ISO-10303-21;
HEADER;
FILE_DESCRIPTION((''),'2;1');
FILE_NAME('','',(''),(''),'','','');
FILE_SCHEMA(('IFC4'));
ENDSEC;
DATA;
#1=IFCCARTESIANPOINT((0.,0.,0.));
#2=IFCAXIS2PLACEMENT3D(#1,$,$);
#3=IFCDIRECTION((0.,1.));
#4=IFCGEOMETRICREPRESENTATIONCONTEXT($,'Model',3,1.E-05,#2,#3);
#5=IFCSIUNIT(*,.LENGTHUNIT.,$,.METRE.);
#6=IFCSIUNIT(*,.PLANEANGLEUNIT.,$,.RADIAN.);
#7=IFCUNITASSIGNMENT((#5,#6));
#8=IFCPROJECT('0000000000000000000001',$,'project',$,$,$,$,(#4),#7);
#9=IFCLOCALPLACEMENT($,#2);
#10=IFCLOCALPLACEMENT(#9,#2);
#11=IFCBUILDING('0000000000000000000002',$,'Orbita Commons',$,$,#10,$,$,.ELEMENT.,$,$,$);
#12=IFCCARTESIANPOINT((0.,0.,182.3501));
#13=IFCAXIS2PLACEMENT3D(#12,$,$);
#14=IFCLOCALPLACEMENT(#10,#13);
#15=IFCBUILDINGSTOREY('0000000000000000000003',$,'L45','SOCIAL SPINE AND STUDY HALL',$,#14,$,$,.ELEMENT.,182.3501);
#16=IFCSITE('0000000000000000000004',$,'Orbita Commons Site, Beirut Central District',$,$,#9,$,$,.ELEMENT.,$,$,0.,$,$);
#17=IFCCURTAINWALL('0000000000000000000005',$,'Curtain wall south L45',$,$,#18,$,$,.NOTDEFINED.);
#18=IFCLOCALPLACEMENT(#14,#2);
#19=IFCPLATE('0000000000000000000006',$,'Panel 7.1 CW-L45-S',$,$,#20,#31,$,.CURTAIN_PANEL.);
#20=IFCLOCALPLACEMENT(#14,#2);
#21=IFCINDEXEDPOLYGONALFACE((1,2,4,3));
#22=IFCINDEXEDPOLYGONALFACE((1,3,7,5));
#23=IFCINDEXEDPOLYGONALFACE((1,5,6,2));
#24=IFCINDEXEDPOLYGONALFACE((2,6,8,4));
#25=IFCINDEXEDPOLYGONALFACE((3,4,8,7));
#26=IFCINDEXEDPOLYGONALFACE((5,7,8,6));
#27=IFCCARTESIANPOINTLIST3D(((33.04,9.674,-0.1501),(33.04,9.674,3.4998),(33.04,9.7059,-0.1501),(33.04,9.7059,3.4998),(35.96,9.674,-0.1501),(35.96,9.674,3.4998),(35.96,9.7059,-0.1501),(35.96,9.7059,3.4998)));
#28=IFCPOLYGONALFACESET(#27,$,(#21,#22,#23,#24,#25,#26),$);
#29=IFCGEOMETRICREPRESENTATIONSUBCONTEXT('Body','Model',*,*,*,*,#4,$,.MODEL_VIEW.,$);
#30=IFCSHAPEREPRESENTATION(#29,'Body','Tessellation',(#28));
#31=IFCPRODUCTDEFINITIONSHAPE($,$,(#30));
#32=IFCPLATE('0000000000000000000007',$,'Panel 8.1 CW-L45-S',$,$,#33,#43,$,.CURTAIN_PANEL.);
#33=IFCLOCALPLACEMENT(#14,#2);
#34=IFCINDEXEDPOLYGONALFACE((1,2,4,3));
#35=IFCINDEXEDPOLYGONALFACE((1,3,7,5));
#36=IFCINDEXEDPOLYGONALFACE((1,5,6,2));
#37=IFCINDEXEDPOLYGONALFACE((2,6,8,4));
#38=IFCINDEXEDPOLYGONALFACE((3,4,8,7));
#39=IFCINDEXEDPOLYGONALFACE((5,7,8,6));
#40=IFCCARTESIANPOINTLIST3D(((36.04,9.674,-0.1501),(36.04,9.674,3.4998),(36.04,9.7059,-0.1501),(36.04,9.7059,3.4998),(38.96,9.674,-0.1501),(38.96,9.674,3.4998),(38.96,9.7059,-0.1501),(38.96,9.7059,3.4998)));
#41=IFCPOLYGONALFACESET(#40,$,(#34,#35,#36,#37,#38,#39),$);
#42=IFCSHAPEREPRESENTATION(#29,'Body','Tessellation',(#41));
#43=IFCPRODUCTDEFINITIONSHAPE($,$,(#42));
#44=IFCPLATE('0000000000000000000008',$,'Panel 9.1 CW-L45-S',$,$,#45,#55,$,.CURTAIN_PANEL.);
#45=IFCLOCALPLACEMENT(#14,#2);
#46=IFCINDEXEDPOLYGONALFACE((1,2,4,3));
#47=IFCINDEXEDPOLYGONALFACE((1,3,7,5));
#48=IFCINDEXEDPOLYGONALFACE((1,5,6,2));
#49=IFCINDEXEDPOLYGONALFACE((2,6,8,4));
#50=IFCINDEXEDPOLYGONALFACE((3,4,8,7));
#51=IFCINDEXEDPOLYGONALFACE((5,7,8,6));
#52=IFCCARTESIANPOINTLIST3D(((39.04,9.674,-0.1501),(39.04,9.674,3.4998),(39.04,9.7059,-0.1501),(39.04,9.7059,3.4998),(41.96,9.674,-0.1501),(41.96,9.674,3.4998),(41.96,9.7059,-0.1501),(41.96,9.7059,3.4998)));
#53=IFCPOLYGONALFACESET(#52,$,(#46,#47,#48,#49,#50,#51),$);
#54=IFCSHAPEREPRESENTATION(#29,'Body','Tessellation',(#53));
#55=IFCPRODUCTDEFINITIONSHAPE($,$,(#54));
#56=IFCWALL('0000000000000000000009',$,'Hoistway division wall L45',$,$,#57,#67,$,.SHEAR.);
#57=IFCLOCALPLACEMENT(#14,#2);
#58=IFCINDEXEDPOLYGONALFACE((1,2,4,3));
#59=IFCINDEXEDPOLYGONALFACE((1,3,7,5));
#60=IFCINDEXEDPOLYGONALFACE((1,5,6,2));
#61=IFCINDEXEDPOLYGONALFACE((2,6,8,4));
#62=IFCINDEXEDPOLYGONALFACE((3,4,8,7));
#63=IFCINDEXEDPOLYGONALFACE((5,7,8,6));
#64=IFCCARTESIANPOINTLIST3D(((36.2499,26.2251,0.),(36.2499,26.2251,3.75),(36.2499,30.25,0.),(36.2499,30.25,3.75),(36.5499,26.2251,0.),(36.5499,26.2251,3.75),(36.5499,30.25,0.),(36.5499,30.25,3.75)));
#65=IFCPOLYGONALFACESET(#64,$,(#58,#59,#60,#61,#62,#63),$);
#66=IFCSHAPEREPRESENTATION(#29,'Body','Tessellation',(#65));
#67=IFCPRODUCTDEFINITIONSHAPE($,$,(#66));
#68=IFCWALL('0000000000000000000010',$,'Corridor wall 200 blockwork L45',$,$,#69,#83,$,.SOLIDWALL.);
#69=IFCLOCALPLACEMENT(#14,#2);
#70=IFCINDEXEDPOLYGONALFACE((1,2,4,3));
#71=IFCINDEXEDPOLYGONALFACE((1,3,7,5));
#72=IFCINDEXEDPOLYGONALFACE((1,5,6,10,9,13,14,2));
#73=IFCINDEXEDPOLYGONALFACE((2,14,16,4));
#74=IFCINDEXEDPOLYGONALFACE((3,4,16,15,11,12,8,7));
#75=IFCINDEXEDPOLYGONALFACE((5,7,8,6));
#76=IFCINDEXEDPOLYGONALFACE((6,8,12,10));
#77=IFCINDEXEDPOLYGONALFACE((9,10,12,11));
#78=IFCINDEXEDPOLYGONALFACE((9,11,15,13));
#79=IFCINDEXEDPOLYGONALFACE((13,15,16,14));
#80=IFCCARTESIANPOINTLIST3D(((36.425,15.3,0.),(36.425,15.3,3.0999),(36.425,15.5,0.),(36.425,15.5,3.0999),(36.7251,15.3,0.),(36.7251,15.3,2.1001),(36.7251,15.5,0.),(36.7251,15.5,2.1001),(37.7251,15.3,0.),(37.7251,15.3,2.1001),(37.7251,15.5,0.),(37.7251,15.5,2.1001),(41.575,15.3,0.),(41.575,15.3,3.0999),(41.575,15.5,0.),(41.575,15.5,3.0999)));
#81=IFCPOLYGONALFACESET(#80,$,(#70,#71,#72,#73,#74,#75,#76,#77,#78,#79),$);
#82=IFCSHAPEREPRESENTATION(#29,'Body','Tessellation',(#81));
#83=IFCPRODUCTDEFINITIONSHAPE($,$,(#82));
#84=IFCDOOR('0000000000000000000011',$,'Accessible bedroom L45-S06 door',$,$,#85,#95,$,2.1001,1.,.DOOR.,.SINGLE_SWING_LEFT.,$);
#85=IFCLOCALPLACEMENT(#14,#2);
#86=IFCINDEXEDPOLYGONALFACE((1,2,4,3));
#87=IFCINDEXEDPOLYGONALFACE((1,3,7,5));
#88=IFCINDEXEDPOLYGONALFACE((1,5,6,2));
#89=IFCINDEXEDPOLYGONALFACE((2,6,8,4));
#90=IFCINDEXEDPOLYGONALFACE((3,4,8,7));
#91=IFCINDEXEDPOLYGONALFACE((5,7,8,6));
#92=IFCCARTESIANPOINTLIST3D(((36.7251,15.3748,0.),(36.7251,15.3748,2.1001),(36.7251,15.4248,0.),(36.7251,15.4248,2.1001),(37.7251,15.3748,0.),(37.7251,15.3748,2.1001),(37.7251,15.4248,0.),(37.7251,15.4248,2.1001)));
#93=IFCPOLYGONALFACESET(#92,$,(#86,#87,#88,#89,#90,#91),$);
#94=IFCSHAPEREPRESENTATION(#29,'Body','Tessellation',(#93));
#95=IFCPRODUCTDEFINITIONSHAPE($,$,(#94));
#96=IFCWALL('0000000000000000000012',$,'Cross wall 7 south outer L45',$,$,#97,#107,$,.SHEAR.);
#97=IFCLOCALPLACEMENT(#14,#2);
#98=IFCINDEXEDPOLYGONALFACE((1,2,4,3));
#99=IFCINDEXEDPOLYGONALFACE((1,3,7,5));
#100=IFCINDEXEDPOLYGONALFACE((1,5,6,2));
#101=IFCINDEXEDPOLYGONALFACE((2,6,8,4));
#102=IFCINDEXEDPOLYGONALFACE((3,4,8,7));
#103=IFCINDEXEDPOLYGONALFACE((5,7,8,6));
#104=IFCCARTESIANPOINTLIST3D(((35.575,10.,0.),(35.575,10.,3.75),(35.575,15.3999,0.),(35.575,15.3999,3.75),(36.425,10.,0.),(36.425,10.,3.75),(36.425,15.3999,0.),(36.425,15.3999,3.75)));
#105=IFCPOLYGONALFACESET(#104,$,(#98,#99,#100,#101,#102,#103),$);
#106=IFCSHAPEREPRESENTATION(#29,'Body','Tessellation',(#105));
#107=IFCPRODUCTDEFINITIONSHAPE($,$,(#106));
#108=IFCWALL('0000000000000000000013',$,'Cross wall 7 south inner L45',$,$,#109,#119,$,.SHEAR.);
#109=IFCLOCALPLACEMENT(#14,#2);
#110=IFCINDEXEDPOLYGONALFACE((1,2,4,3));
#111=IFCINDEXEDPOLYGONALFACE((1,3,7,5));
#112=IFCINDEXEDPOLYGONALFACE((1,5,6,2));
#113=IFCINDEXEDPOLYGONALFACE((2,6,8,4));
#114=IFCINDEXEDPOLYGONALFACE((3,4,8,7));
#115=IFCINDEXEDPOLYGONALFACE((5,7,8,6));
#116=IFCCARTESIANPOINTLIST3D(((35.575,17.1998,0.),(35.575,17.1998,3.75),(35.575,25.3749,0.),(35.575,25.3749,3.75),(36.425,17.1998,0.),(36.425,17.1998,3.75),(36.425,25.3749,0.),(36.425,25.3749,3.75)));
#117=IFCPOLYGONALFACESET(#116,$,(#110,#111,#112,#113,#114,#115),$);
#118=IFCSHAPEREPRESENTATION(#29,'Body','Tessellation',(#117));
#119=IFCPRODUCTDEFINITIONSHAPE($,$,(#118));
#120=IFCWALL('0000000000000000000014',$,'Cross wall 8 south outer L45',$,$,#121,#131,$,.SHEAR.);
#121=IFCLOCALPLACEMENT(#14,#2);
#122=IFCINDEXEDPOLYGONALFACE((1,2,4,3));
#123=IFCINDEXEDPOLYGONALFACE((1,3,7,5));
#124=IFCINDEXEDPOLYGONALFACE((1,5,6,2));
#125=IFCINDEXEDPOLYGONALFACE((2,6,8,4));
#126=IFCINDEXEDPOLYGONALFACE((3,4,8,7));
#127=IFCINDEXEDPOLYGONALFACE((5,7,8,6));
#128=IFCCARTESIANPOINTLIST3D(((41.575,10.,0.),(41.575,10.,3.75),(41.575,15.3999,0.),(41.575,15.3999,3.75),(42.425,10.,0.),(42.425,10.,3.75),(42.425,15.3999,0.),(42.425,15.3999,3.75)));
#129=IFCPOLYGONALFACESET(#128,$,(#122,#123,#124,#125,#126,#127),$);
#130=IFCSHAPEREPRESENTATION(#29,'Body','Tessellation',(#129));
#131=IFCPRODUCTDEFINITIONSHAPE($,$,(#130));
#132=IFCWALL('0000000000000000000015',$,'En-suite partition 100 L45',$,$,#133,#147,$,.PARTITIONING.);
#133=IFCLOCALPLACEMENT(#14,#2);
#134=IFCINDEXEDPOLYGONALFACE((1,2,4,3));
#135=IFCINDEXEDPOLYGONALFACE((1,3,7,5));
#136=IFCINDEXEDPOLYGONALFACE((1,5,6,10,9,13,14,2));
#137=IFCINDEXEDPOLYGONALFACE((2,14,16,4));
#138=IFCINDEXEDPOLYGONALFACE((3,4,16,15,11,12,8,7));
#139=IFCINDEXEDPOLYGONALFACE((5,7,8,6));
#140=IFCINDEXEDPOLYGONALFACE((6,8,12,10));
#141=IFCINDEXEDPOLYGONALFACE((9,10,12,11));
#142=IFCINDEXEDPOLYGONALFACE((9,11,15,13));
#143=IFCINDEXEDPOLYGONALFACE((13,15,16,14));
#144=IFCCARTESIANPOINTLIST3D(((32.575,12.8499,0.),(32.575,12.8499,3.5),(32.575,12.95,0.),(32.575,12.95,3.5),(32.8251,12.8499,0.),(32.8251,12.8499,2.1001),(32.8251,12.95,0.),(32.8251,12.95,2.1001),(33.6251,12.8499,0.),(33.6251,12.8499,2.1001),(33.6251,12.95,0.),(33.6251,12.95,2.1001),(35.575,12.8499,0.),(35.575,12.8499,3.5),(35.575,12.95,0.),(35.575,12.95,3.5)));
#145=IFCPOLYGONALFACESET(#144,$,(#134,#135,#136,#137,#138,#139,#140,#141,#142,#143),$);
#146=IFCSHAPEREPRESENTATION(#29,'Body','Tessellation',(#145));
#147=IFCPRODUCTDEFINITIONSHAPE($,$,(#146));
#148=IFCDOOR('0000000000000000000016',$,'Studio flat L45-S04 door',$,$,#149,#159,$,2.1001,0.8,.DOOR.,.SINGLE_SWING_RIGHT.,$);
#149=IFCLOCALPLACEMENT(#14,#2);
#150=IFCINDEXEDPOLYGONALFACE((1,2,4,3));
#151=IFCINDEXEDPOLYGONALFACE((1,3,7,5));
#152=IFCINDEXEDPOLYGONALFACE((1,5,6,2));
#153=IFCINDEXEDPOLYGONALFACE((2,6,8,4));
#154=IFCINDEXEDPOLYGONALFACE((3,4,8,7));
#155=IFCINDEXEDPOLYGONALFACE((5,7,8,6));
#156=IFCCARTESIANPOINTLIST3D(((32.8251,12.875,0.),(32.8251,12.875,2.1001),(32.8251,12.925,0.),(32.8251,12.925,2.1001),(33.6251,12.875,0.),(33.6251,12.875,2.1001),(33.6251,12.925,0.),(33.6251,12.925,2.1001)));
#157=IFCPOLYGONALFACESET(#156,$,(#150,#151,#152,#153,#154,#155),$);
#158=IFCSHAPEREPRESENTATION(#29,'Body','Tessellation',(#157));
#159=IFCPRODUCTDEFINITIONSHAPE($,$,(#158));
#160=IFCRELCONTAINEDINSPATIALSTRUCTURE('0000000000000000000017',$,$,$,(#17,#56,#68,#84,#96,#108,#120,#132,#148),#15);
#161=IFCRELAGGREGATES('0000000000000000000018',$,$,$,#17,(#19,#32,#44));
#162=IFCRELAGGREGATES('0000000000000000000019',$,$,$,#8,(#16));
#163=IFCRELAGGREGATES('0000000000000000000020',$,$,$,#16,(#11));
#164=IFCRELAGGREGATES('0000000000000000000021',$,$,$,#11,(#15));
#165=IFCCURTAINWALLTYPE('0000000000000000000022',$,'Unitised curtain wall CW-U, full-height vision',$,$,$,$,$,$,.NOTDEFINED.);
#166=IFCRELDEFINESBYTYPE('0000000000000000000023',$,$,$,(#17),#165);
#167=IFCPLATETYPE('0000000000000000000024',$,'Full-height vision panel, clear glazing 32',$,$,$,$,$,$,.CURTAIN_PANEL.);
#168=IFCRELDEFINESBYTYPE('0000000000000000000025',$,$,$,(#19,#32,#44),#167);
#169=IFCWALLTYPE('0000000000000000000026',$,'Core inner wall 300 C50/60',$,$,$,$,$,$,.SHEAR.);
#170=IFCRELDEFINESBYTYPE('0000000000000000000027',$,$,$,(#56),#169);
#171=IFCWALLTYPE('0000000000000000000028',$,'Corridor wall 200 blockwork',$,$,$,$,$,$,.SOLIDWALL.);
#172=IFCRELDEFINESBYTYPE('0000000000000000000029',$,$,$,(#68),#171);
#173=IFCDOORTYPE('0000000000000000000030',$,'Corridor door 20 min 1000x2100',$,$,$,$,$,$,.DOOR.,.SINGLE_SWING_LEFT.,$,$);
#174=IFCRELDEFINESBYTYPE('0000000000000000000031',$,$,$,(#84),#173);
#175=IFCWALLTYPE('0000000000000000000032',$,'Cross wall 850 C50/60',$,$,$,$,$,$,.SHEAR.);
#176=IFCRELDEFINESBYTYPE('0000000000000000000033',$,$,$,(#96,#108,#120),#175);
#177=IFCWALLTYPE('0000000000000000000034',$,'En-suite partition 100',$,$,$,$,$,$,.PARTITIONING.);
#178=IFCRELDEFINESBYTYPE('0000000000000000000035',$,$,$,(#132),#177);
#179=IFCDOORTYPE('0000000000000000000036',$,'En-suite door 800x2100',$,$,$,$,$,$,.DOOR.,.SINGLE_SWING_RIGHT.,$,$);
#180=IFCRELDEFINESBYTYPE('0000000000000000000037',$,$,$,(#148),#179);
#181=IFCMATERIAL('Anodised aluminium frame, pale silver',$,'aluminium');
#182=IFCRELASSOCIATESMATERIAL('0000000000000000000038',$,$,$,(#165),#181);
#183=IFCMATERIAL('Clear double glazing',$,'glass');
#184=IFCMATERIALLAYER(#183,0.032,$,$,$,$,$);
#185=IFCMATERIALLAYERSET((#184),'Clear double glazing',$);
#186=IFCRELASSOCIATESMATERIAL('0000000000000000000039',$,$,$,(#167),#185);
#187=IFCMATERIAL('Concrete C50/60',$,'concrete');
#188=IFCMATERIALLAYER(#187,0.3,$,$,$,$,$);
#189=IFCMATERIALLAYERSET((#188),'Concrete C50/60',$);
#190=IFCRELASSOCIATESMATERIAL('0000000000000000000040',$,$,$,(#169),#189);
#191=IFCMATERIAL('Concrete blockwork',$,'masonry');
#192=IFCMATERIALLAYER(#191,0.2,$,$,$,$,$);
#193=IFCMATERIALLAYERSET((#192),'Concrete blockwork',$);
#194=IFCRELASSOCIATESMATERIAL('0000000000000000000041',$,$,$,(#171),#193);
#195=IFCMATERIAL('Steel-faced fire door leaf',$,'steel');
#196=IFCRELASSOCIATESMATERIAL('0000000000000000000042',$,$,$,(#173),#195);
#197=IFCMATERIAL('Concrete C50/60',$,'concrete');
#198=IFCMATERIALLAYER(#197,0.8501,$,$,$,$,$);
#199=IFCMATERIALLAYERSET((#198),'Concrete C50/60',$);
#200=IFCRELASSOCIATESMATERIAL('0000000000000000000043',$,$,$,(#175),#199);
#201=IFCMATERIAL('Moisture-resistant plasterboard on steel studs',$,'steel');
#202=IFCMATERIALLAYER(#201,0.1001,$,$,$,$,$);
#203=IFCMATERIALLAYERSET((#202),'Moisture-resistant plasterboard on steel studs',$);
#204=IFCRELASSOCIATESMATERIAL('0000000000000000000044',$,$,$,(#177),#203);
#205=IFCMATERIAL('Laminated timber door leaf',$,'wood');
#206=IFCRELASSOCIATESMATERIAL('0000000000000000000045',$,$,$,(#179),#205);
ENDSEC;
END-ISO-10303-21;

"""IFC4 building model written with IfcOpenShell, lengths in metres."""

from ifc_helpers import new_model, si_unit, direction, frame, frame_2d, origin, origin_2d, place, context, subcontext, project, spatial, polyline, rectangle, outline, extrude, material, layer, layer_set, type_object, element, fill, aggregate, save


model = new_model("IFC4")

# Units and contexts
model_context = context("Model", 3, precision=1e-05, world=origin(), true_north=direction((0.0, 1.0)))
body_context = subcontext(model_context, "Body", "Model", "MODEL_VIEW")
ifc_project = project(units=[si_unit("LENGTHUNIT", "METRE"), si_unit("PLANEANGLEUNIT", "RADIAN")], contexts=[model_context])

# Site, building, storey
site_placement = place(None, origin())
site = spatial("IfcSite", under=ifc_project, at=site_placement, Name="Orbita Commons Site, Beirut Central District", CompositionType="ELEMENT", RefElevation=0.0)
building_placement = place(site_placement, origin())
building = spatial("IfcBuilding", under=site, at=building_placement, Name="Orbita Commons", CompositionType="ELEMENT")
storey_placement = place(building_placement, frame((0.0, 0.0, 182.3501)))
storey = spatial("IfcBuildingStorey", under=building, at=storey_placement, Name="L45", Description="SOCIAL SPINE AND STUDY HALL", CompositionType="ELEMENT", Elevation=182.3501)

# Curtain wall
ifc_material_1 = material(Name="Anodised aluminium frame, pale silver", Category="aluminium")
curtain_wall_type = type_object("IfcCurtainWallType", Name="Unitised curtain wall CW-U, full-height vision", PredefinedType="NOTDEFINED", material=ifc_material_1)
curtain_wall_placement = place(storey_placement, origin())
curtain_wall = element("IfcCurtainWall", 1, at=curtain_wall_placement, inside=storey, type_object=curtain_wall_type, Name="Curtain wall south L45", PredefinedType="NOTDEFINED")

# Plates
ifc_material_2 = material(Name="Clear double glazing", Category="glass")
ifc_layer_1 = layer(ifc_material_2, 0.032)
ifc_layer_set_1 = layer_set([ifc_layer_1], Name="Clear double glazing")
plate_type = type_object("IfcPlateType", Name="Full-height vision panel, clear glazing 32", PredefinedType="CURTAIN_PANEL", material=ifc_layer_set_1)
plate_1_placement = place(storey_placement, frame((34.5, 9.6899, -0.1501), z_axis=(0.0, 0.0, 1.0), x_axis=(1.0, 0.0, 0.0)))
plate_1 = element("IfcPlate", 2, at=plate_1_placement, type_object=plate_type, Name="Panel 7.1 CW-L45-S", PredefinedType="CURTAIN_PANEL", context=body_context, shape_type="SweptSolid", body=[
    extrude(rectangle(XDim=2.9199, YDim=0.032, at=origin_2d()), origin(), (0.0, 0.0, 1.0), 3.6499),
])
plate_2_placement = place(storey_placement, frame((37.5, 9.6899, -0.1501), z_axis=(0.0, 0.0, 1.0), x_axis=(1.0, 0.0, 0.0)))
plate_2 = element("IfcPlate", 3, at=plate_2_placement, type_object=plate_type, Name="Panel 8.1 CW-L45-S", PredefinedType="CURTAIN_PANEL", context=body_context, shape_type="SweptSolid", body=[
    extrude(rectangle(XDim=2.9199, YDim=0.032, at=origin_2d()), origin(), (0.0, 0.0, 1.0), 3.6499),
])
plate_3_placement = place(storey_placement, frame((40.5, 9.6899, -0.1501), z_axis=(0.0, 0.0, 1.0), x_axis=(1.0, 0.0, 0.0)))
plate_3 = element("IfcPlate", 4, at=plate_3_placement, type_object=plate_type, Name="Panel 9.1 CW-L45-S", PredefinedType="CURTAIN_PANEL", context=body_context, shape_type="SweptSolid", body=[
    extrude(rectangle(XDim=2.9199, YDim=0.032, at=origin_2d()), origin(), (0.0, 0.0, 1.0), 3.6499),
])
aggregate(curtain_wall, [plate_1, plate_2, plate_3])

# Wall
ifc_material_3 = material(Name="Concrete C50/60", Category="concrete")
ifc_layer_2 = layer(ifc_material_3, 0.3)
ifc_layer_set_2 = layer_set([ifc_layer_2], Name="Concrete C50/60")
wall_type_1 = type_object("IfcWallType", Name="Core inner wall 300 C50/60", PredefinedType="SHEAR", material=ifc_layer_set_2)
wall_1_placement = place(storey_placement, frame((36.3999, 26.2251, 0.0), z_axis=(0.0, 0.0, 1.0), x_axis=(0.0, 1.0, 0.0)))
element("IfcWall", 5, at=wall_1_placement, inside=storey, type_object=wall_type_1, Name="Hoistway division wall L45", PredefinedType="SHEAR", context=body_context, shape_type="SweptSolid", body=[
    extrude(rectangle(XDim=4.0249, YDim=0.3, at=frame_2d((2.0125, 0.0))), origin(), (0.0, 0.0, 1.0), 3.75),
])

# Wall, opening, door
ifc_material_4 = material(Name="Concrete blockwork", Category="masonry")
ifc_layer_3 = layer(ifc_material_4, 0.2)
ifc_layer_set_3 = layer_set([ifc_layer_3], Name="Concrete blockwork")
wall_type_2 = type_object("IfcWallType", Name="Corridor wall 200 blockwork", PredefinedType="SOLIDWALL", material=ifc_layer_set_3)
wall_2_placement = place(storey_placement, frame((36.425, 15.3999, 0.0), z_axis=(0.0, 0.0, 1.0), x_axis=(1.0, 0.0, 0.0)))
wall_2 = element("IfcWall", 6, at=wall_2_placement, inside=storey, type_object=wall_type_2, Name="Corridor wall 200 blockwork L45", PredefinedType="SOLIDWALL", context=body_context, shape_type="SweptSolid", body=[
    extrude(outline(polyline([(0.0, 0.0), (5.1499, 0.0), (5.1499, 3.0999), (0.0, 3.0999), (0.0, 0.0)])), frame((0.0, 0.1001, 0.0), z_axis=(0.0, -1.0, 0.0), x_axis=(1.0, 0.0, 0.0)), (0.0, 0.0, 1.0), 0.2),
])
opening_1_placement = place(wall_2_placement, frame((0.3, 0.0, 0.0)))
opening_1 = element("IfcOpeningElement", 7, at=opening_1_placement, cuts=wall_2, PredefinedType="OPENING", context=body_context, shape_type="SweptSolid", body=[
    extrude(rectangle(XDim=1.0, YDim=2.1001, at=frame_2d((0.5, 1.05))), frame((0.0, 0.1099, 0.0), z_axis=(0.0, -1.0, 0.0), x_axis=(1.0, 0.0, 0.0)), (0.0, 0.0, 1.0), 0.22),
])
ifc_material_5 = material(Name="Steel-faced fire door leaf", Category="steel")
door_type_1 = type_object("IfcDoorType", Name="Corridor door 20 min 1000x2100", OperationType="SINGLE_SWING_LEFT", PredefinedType="DOOR", material=ifc_material_5)
door_1_placement = place(opening_1_placement, origin())
door_1 = element("IfcDoor", 8, at=door_1_placement, inside=storey, type_object=door_type_1, Name="Accessible bedroom L45-S06 door", OperationType="SINGLE_SWING_LEFT", OverallHeight=2.1001, OverallWidth=1.0, PredefinedType="DOOR", context=body_context, shape_type="SweptSolid", body=[
    extrude(rectangle(XDim=1.0, YDim=2.1001, at=frame_2d((0.5, 1.05))), frame((0.0, 0.0249, 0.0), z_axis=(0.0, -1.0, 0.0), x_axis=(1.0, 0.0, 0.0)), (0.0, 0.0, 1.0), 0.05),
])
fill(opening_1, door_1)

# Walls
ifc_material_6 = material(Name="Concrete C50/60", Category="concrete")
ifc_layer_4 = layer(ifc_material_6, 0.8501)
ifc_layer_set_4 = layer_set([ifc_layer_4], Name="Concrete C50/60")
wall_type_3 = type_object("IfcWallType", Name="Cross wall 850 C50/60", PredefinedType="SHEAR", material=ifc_layer_set_4)
wall_3_placement = place(storey_placement, frame((36.0, 10.0, 0.0), z_axis=(0.0, 0.0, 1.0), x_axis=(0.0, 1.0, 0.0)))
element("IfcWall", 9, at=wall_3_placement, inside=storey, type_object=wall_type_3, Name="Cross wall 7 south outer L45", PredefinedType="SHEAR", context=body_context, shape_type="SweptSolid", body=[
    extrude(rectangle(XDim=5.3999, YDim=0.8501, at=frame_2d((2.7, 0.0))), origin(), (0.0, 0.0, 1.0), 3.75),
])
wall_4_placement = place(storey_placement, frame((36.0, 17.2, 0.0), z_axis=(0.0, 0.0, 1.0), x_axis=(0.0, 1.0, 0.0)))
element("IfcWall", 10, at=wall_4_placement, inside=storey, type_object=wall_type_3, Name="Cross wall 7 south inner L45", PredefinedType="SHEAR", context=body_context, shape_type="SweptSolid", body=[
    extrude(rectangle(XDim=8.175, YDim=0.8501, at=frame_2d((4.0874, 0.0))), origin(), (0.0, 0.0, 1.0), 3.75),
])
wall_5_placement = place(storey_placement, frame((42.0, 10.0, 0.0), z_axis=(0.0, 0.0, 1.0), x_axis=(0.0, 1.0, 0.0)))
element("IfcWall", 11, at=wall_5_placement, inside=storey, type_object=wall_type_3, Name="Cross wall 8 south outer L45", PredefinedType="SHEAR", context=body_context, shape_type="SweptSolid", body=[
    extrude(rectangle(XDim=5.3999, YDim=0.8501, at=frame_2d((2.7, 0.0))), origin(), (0.0, 0.0, 1.0), 3.75),
])

# Wall, opening, door
ifc_material_7 = material(Name="Moisture-resistant plasterboard on steel studs", Category="steel")
ifc_layer_5 = layer(ifc_material_7, 0.1001)
ifc_layer_set_5 = layer_set([ifc_layer_5], Name="Moisture-resistant plasterboard on steel studs")
wall_type_4 = type_object("IfcWallType", Name="En-suite partition 100", PredefinedType="PARTITIONING", material=ifc_layer_set_5)
wall_6_placement = place(storey_placement, frame((35.575, 12.8999, 0.0), z_axis=(0.0, 0.0, 1.0), x_axis=(-1.0, 0.0, 0.0)))
wall_6 = element("IfcWall", 12, at=wall_6_placement, inside=storey, type_object=wall_type_4, Name="En-suite partition 100 L45", PredefinedType="PARTITIONING", context=body_context, shape_type="SweptSolid", body=[
    extrude(rectangle(XDim=3.0, YDim=0.1001, at=frame_2d((1.5, 0.0))), origin(), (0.0, 0.0, 1.0), 3.5),
])
opening_2_placement = place(wall_6_placement, frame((1.95, 0.0, 0.0)))
opening_2 = element("IfcOpeningElement", 13, at=opening_2_placement, cuts=wall_6, PredefinedType="OPENING", context=body_context, shape_type="SweptSolid", body=[
    extrude(rectangle(XDim=0.8, YDim=2.1001, at=frame_2d((0.3999, 1.05))), frame((0.0, 0.0601, 0.0), z_axis=(0.0, -1.0, 0.0), x_axis=(1.0, 0.0, 0.0)), (0.0, 0.0, 1.0), 0.1201),
])
ifc_material_8 = material(Name="Laminated timber door leaf", Category="wood")
door_type_2 = type_object("IfcDoorType", Name="En-suite door 800x2100", OperationType="SINGLE_SWING_RIGHT", PredefinedType="DOOR", material=ifc_material_8)
door_2_placement = place(opening_2_placement, origin())
door_2 = element("IfcDoor", 14, at=door_2_placement, inside=storey, type_object=door_type_2, Name="Studio flat L45-S04 door", OperationType="SINGLE_SWING_RIGHT", OverallHeight=2.1001, OverallWidth=0.8, PredefinedType="DOOR", context=body_context, shape_type="SweptSolid", body=[
    extrude(rectangle(XDim=0.8, YDim=2.1001, at=frame_2d((0.3999, 1.05))), frame((0.0, 0.0249, 0.0), z_axis=(0.0, -1.0, 0.0), x_axis=(1.0, 0.0, 0.0)), (0.0, 0.0, 1.0), 0.05),
])
fill(opening_2, door_2)

save(model, "model.ifc")
